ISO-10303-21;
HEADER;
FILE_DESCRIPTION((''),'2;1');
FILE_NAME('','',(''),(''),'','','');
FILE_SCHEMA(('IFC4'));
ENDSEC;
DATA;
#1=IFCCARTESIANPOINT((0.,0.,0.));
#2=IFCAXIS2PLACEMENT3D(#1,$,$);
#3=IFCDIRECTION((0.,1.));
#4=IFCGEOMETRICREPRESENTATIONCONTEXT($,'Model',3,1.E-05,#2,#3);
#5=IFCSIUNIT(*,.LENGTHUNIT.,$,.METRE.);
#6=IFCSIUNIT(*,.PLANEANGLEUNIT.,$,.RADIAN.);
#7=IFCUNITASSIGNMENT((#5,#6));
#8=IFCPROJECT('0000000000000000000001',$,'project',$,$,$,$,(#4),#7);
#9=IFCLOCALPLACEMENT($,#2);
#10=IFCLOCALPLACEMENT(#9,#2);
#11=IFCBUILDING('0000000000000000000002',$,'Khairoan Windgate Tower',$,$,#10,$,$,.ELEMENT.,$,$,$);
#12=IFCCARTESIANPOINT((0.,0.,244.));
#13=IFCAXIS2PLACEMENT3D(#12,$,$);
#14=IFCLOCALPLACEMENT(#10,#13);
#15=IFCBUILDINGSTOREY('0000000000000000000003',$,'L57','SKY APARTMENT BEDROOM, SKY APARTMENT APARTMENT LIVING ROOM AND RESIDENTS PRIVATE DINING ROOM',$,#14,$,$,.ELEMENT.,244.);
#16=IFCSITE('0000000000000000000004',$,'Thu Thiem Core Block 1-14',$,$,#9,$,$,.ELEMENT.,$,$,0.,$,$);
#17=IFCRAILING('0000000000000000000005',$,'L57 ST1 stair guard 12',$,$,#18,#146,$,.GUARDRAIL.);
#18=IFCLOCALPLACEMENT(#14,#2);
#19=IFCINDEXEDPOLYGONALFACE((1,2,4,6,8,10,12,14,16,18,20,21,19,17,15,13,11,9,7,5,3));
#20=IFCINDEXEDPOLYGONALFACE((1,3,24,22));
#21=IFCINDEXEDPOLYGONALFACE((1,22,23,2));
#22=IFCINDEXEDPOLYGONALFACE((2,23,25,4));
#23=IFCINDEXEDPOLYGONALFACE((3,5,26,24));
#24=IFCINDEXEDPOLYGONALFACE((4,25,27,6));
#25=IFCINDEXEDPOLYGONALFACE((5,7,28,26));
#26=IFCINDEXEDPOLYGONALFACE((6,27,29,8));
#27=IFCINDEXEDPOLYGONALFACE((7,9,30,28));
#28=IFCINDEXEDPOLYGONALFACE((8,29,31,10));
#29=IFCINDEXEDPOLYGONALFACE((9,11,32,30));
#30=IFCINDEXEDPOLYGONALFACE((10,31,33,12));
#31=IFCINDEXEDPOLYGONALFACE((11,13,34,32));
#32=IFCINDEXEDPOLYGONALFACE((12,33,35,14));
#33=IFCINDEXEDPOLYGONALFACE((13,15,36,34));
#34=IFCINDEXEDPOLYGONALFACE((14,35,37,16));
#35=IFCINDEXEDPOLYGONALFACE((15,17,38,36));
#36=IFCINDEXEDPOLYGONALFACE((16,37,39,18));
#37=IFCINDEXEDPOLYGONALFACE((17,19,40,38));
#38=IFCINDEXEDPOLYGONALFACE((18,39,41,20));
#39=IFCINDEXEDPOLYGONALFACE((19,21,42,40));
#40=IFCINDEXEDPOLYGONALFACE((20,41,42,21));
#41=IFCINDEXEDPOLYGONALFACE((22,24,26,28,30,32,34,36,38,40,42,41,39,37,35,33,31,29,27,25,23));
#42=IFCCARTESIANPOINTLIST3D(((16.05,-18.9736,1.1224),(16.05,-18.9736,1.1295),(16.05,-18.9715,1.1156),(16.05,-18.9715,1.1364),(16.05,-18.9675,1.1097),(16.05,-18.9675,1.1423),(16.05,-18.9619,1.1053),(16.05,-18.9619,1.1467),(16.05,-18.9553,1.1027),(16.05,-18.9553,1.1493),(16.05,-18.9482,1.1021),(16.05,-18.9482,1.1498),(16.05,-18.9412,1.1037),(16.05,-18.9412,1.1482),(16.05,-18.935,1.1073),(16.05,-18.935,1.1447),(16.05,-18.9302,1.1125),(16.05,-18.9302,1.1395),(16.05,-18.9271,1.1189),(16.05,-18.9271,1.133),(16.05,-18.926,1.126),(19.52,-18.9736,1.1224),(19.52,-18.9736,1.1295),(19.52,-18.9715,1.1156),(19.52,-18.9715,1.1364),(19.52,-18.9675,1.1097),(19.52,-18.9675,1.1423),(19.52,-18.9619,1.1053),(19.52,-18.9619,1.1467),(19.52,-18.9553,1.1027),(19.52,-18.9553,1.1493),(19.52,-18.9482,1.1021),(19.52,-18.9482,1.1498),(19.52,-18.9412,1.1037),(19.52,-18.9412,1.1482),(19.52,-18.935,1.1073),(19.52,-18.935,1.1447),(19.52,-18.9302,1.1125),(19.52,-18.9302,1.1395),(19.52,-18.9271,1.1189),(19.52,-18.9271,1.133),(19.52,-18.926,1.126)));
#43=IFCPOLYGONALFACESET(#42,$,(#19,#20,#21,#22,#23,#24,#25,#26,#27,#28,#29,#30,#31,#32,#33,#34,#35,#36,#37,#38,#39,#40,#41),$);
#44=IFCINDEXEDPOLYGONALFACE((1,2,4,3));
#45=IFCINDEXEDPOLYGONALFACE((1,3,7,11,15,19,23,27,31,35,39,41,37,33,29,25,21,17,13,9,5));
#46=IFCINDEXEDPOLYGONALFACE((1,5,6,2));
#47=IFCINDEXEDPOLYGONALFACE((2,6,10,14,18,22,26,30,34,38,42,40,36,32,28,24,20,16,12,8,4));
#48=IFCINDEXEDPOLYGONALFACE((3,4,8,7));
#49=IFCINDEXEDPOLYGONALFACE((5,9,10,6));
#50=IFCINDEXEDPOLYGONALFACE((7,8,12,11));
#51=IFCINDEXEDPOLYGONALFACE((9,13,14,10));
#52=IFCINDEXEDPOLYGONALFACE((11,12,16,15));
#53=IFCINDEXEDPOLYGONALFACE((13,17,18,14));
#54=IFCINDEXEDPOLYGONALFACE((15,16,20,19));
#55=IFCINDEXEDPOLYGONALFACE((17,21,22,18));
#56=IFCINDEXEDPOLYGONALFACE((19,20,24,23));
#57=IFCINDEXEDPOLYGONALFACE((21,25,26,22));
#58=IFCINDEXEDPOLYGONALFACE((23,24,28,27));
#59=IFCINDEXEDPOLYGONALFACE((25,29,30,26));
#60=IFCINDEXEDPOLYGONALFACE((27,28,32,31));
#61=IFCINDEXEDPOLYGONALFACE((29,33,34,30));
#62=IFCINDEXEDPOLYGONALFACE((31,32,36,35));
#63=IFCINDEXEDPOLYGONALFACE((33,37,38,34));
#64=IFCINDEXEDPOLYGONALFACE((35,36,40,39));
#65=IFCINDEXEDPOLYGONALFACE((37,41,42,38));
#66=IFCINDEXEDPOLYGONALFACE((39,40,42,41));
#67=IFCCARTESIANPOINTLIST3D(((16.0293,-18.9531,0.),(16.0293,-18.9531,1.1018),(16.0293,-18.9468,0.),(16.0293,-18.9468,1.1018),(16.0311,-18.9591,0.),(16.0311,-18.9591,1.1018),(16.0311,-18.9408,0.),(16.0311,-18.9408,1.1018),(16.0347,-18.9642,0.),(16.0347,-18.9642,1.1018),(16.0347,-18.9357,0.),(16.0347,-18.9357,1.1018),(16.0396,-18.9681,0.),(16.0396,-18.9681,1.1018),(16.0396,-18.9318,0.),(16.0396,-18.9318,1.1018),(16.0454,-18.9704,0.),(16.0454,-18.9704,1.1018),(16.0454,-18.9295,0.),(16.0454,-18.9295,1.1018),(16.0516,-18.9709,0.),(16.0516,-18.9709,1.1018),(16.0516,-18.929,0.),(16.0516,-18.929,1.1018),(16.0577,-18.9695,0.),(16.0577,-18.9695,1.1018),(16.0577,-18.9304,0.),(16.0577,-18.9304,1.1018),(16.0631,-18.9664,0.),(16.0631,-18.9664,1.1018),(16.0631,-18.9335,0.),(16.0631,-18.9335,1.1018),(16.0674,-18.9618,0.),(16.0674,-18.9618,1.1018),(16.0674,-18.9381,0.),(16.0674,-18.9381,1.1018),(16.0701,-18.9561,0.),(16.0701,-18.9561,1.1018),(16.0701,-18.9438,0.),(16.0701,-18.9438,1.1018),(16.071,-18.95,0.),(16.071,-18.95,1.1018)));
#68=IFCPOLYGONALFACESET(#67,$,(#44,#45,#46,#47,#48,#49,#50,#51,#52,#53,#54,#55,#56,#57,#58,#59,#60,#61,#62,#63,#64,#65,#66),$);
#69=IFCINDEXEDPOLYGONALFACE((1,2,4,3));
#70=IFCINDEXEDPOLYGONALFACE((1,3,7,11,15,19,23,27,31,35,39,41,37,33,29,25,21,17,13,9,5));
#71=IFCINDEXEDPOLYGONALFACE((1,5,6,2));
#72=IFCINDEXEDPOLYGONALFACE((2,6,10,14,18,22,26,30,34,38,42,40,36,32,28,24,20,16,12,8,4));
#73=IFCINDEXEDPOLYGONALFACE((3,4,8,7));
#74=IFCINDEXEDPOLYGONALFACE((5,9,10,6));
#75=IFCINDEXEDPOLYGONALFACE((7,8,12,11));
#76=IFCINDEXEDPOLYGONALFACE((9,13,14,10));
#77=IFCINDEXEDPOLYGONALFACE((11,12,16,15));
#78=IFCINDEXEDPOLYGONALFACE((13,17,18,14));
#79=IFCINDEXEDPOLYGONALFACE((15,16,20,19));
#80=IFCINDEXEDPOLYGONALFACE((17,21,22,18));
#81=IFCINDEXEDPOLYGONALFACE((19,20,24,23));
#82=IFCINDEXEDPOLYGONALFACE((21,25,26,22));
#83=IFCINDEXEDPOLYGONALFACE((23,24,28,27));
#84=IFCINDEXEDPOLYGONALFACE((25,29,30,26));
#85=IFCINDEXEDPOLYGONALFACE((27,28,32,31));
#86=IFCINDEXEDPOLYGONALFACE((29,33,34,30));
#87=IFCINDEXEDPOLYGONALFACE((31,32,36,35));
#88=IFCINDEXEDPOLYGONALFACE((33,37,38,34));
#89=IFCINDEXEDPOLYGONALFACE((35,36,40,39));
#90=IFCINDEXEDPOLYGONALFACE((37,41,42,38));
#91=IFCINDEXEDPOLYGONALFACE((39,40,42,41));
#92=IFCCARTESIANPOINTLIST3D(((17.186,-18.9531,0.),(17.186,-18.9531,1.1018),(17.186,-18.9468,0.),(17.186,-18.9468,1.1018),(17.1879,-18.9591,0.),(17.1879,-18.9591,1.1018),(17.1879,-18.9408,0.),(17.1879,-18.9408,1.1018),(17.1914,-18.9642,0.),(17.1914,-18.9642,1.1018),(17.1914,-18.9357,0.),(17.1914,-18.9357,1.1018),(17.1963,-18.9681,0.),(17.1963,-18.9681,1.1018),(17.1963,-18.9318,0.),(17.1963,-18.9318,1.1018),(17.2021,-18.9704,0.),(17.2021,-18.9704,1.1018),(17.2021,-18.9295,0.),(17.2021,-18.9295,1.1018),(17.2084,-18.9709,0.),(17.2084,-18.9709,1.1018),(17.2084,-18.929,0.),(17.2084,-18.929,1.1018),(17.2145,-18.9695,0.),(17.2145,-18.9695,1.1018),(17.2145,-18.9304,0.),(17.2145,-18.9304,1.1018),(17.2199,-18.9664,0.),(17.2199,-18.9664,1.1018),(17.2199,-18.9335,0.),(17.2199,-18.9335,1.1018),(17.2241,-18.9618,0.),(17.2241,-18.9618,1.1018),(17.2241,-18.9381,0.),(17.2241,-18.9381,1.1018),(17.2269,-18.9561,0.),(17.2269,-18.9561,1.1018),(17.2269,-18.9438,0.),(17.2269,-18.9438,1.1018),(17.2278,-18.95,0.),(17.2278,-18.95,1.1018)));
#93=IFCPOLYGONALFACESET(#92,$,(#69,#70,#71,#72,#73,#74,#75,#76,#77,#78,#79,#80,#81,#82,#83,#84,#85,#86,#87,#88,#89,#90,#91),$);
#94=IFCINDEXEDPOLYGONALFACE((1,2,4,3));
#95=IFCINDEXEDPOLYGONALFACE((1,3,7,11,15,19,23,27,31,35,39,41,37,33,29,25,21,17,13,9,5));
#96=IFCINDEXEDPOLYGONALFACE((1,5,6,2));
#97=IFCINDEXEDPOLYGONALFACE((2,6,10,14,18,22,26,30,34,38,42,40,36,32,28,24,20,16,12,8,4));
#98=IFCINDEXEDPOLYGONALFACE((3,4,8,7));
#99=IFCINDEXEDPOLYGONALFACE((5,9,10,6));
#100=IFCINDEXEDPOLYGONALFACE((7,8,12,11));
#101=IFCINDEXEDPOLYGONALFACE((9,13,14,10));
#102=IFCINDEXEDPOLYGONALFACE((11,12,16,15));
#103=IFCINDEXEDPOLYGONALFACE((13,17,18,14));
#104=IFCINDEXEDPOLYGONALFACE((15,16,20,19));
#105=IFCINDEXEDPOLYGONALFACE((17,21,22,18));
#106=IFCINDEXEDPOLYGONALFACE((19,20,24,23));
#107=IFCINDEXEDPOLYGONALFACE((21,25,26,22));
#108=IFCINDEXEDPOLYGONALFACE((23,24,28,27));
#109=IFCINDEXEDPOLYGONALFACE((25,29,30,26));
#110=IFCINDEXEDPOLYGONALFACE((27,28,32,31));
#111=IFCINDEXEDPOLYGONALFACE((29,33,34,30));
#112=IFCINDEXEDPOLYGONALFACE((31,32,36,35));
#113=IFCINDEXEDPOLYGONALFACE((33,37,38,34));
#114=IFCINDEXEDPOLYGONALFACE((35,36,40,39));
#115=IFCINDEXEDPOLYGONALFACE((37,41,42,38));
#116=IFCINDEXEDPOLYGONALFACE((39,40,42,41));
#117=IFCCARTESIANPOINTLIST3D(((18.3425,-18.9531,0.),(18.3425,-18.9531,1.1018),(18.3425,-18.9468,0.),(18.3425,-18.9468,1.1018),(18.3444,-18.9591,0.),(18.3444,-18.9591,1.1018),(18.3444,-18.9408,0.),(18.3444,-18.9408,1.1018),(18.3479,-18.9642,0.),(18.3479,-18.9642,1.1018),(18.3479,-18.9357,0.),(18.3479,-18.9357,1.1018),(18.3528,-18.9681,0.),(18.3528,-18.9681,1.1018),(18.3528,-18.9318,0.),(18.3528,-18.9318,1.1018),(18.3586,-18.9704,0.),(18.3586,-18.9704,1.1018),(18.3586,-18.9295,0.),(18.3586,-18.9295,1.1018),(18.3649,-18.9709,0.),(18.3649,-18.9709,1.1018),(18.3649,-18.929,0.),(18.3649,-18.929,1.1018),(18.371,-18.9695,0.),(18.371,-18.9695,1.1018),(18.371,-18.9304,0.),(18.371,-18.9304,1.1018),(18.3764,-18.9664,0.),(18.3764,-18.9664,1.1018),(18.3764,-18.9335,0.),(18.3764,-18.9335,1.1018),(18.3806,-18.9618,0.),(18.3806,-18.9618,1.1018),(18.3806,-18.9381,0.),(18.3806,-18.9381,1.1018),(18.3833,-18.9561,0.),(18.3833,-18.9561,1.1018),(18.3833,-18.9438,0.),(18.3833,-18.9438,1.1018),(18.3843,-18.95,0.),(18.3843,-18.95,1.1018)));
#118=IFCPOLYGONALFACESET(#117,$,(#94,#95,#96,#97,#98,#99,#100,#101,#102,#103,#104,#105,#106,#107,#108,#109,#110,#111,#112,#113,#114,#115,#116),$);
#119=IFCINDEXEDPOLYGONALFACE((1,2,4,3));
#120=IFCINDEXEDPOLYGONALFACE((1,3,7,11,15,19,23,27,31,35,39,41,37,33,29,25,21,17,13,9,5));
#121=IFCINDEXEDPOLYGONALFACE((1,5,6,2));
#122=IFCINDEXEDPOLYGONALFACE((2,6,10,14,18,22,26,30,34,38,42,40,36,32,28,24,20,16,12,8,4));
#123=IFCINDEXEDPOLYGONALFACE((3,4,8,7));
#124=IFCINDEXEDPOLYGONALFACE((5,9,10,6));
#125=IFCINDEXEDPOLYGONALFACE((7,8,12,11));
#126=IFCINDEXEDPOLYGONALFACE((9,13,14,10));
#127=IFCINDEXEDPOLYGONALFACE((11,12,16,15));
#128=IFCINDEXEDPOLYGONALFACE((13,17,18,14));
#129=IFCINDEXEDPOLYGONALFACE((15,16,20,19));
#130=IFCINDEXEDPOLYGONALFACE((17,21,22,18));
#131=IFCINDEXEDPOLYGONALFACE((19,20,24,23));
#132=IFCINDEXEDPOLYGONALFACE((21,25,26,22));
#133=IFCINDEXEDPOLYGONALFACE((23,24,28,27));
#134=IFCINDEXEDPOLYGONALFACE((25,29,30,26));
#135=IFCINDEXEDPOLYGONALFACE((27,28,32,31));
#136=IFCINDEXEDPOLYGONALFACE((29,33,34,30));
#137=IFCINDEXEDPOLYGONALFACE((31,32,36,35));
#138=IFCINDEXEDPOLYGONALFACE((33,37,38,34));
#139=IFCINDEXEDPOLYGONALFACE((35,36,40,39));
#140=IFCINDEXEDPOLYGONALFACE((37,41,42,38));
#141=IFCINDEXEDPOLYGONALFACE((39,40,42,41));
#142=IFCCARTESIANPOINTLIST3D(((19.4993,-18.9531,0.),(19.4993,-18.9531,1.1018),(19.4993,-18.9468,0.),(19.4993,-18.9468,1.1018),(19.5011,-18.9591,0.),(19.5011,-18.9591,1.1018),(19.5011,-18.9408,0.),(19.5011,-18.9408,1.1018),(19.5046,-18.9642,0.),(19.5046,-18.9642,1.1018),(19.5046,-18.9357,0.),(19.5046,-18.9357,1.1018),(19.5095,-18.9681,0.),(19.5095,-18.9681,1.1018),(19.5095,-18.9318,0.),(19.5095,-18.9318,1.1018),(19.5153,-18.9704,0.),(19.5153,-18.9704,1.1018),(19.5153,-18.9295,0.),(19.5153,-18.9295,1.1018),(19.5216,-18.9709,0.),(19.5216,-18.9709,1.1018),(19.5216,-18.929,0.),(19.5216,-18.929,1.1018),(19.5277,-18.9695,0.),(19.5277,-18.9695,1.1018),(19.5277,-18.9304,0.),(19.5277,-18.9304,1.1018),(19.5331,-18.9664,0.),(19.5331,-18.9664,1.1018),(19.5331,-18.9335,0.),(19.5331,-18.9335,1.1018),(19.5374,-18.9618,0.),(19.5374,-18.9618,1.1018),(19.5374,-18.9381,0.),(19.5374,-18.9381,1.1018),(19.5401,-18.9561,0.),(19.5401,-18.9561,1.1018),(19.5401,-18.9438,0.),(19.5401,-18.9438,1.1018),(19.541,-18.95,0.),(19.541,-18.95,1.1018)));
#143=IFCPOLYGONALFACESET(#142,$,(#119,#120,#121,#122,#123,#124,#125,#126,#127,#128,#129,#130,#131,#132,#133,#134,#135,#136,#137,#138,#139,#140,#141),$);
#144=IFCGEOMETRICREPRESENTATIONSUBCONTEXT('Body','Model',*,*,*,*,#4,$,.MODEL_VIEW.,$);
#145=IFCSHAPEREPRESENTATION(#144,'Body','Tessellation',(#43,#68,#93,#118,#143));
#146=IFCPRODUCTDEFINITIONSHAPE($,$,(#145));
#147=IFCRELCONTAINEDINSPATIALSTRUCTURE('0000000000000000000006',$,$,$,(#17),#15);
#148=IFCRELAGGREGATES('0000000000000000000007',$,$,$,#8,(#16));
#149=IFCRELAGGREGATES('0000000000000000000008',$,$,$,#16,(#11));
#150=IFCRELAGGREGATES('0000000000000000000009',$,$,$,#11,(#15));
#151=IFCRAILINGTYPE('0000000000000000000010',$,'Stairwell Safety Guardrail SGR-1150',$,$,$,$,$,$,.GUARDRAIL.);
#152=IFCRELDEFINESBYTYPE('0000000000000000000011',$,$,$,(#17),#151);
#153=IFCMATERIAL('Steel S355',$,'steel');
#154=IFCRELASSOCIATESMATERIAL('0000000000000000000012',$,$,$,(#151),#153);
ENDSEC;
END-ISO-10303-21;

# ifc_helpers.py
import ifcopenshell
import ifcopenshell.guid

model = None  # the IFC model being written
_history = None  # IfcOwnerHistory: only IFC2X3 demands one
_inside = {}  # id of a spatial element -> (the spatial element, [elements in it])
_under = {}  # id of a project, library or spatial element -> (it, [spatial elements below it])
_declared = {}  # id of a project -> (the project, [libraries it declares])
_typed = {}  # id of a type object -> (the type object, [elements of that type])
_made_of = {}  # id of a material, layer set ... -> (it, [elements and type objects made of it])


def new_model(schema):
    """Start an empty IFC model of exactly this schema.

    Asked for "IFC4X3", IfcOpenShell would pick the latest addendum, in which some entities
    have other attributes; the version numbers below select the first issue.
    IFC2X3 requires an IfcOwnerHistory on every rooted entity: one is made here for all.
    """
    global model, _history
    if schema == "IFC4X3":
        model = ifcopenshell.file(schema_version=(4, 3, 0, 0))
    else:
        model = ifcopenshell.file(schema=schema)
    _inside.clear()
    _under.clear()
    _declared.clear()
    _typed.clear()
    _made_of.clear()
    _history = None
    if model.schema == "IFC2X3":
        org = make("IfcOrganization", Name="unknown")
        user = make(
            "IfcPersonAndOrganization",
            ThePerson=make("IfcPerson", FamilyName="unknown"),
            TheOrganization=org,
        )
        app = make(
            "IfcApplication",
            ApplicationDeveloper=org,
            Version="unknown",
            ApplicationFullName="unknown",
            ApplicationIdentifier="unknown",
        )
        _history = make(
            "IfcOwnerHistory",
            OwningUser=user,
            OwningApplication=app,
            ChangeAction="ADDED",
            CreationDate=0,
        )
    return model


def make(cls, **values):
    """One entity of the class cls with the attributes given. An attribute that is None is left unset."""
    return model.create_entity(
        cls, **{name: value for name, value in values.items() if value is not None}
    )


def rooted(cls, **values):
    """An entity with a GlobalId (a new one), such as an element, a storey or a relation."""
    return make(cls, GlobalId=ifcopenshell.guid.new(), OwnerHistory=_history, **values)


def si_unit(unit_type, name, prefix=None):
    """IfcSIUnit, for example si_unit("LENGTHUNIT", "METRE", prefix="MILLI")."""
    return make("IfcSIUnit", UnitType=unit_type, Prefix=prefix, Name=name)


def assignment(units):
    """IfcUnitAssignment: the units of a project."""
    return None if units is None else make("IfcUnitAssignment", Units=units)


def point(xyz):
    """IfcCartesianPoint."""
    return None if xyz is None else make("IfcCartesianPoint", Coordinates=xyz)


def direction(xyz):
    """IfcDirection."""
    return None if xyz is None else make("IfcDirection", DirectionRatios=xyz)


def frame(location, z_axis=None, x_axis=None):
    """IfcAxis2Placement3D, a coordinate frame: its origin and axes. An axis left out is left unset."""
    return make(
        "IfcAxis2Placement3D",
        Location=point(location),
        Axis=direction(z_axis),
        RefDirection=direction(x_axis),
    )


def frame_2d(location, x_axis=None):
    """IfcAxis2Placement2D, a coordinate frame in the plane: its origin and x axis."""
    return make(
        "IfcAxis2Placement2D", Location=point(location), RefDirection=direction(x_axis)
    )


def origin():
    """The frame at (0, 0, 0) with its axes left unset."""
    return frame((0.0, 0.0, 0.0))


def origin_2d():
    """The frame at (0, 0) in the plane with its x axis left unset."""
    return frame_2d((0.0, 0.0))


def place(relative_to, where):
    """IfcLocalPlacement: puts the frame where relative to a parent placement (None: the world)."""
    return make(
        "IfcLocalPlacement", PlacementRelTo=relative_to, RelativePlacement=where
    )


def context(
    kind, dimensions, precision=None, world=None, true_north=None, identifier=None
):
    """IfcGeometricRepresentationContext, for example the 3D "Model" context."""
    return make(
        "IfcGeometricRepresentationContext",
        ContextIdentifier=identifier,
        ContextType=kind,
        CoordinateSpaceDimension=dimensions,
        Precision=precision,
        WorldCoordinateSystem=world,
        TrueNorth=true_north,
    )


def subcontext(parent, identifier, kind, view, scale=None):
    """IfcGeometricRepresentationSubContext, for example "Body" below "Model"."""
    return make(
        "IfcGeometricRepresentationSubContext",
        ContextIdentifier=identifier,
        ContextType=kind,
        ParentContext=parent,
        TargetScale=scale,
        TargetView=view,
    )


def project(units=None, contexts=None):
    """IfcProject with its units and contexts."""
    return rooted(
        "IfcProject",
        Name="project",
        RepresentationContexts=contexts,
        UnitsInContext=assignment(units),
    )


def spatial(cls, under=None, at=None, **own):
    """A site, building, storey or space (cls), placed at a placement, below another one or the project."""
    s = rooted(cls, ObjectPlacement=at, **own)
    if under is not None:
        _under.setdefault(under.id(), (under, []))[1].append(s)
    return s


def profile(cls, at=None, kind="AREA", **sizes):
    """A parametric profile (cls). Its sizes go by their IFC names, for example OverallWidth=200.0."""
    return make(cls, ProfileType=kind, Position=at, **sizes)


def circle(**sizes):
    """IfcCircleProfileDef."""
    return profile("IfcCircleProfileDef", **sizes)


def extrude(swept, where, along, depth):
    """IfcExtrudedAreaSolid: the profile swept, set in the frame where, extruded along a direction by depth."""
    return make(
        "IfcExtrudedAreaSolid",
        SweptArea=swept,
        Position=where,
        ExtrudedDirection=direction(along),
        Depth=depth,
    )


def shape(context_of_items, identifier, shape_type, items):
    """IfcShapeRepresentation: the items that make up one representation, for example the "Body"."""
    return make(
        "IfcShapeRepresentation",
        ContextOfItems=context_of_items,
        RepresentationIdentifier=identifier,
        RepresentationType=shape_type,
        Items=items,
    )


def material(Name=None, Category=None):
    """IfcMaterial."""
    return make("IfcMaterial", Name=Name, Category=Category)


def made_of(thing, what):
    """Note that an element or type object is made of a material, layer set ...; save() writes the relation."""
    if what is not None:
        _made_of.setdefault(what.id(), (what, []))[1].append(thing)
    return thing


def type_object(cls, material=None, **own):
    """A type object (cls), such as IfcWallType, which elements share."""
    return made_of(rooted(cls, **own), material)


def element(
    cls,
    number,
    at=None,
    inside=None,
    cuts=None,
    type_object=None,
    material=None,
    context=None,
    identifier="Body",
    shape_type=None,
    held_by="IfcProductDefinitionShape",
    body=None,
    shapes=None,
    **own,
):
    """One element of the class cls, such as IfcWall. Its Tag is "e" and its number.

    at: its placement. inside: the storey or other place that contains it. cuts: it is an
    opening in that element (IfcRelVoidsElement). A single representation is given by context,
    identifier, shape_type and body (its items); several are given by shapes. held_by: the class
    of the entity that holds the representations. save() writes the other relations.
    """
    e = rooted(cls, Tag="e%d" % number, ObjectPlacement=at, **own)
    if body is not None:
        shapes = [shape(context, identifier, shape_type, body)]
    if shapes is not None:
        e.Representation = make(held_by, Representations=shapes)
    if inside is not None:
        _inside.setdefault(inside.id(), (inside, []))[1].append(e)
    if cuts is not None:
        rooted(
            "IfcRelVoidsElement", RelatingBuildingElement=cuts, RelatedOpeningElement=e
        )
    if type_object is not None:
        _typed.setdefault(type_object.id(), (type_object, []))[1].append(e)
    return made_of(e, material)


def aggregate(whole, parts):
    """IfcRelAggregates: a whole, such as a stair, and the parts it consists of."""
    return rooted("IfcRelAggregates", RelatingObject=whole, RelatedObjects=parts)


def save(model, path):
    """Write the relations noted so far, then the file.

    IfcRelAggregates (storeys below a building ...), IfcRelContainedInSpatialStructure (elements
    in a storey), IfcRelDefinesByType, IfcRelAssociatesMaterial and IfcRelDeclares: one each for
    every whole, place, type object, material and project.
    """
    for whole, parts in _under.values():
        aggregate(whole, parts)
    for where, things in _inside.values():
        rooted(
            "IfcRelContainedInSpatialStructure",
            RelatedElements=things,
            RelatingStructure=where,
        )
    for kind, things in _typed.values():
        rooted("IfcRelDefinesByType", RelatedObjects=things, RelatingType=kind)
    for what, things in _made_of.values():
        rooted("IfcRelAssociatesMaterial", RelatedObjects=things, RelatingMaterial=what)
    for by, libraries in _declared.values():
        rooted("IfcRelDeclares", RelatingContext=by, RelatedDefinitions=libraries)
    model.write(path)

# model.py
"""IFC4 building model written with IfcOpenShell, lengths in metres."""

from ifc_helpers import new_model, si_unit, direction, frame, origin, origin_2d, place, context, subcontext, project, spatial, circle, extrude, material, type_object, element, save


model = new_model("IFC4")

# Units and contexts
model_context = context("Model", 3, precision=1e-05, world=origin(), true_north=direction((0.0, 1.0)))
body_context = subcontext(model_context, "Body", "Model", "MODEL_VIEW")
ifc_project = project(units=[si_unit("LENGTHUNIT", "METRE"), si_unit("PLANEANGLEUNIT", "RADIAN")], contexts=[model_context])

# Site, building, storey
site_placement = place(None, origin())
site = spatial("IfcSite", under=ifc_project, at=site_placement, Name="Thu Thiem Core Block 1-14", CompositionType="ELEMENT", RefElevation=0.0)
building_placement = place(site_placement, origin())
building = spatial("IfcBuilding", under=site, at=building_placement, Name="Khairoan Windgate Tower", CompositionType="ELEMENT")
storey_placement = place(building_placement, frame((0.0, 0.0, 244.0)))
storey = spatial("IfcBuildingStorey", under=building, at=storey_placement, Name="L57", Description="SKY APARTMENT BEDROOM, SKY APARTMENT APARTMENT LIVING ROOM AND RESIDENTS PRIVATE DINING ROOM", CompositionType="ELEMENT", Elevation=244.0)

# Railing
ifc_material_1 = material(Name="Steel S355", Category="steel")
railing_type = type_object("IfcRailingType", Name="Stairwell Safety Guardrail SGR-1150", PredefinedType="GUARDRAIL", material=ifc_material_1)
railing_placement = place(storey_placement, frame((16.05, -18.95, 0.0)))
element("IfcRailing", 1, at=railing_placement, inside=storey, type_object=railing_type, Name="L57 ST1 stair guard 12", PredefinedType="GUARDRAIL", context=body_context, shape_type="SweptSolid", body=[
    extrude(circle(Radius=0.0239, at=origin_2d()), frame((0.0, 0.0, 1.126), z_axis=(1.0, 0.0, 0.0), x_axis=(0.0, 1.0, 0.0)), (0.0, 0.0, 1.0), 3.47),
    extrude(circle(Radius=0.021, at=origin_2d()), origin(), (0.0, 0.0, 1.0), 1.1018),
    extrude(circle(Radius=0.021, at=origin_2d()), frame((1.1567, 0.0, 0.0)), (0.0, 0.0, 1.0), 1.1018),
    extrude(circle(Radius=0.021, at=origin_2d()), frame((2.3132, 0.0, 0.0)), (0.0, 0.0, 1.0), 1.1018),
    extrude(circle(Radius=0.021, at=origin_2d()), frame((3.47, 0.0, 0.0)), (0.0, 0.0, 1.0), 1.1018),
])

save(model, "model.ifc")
